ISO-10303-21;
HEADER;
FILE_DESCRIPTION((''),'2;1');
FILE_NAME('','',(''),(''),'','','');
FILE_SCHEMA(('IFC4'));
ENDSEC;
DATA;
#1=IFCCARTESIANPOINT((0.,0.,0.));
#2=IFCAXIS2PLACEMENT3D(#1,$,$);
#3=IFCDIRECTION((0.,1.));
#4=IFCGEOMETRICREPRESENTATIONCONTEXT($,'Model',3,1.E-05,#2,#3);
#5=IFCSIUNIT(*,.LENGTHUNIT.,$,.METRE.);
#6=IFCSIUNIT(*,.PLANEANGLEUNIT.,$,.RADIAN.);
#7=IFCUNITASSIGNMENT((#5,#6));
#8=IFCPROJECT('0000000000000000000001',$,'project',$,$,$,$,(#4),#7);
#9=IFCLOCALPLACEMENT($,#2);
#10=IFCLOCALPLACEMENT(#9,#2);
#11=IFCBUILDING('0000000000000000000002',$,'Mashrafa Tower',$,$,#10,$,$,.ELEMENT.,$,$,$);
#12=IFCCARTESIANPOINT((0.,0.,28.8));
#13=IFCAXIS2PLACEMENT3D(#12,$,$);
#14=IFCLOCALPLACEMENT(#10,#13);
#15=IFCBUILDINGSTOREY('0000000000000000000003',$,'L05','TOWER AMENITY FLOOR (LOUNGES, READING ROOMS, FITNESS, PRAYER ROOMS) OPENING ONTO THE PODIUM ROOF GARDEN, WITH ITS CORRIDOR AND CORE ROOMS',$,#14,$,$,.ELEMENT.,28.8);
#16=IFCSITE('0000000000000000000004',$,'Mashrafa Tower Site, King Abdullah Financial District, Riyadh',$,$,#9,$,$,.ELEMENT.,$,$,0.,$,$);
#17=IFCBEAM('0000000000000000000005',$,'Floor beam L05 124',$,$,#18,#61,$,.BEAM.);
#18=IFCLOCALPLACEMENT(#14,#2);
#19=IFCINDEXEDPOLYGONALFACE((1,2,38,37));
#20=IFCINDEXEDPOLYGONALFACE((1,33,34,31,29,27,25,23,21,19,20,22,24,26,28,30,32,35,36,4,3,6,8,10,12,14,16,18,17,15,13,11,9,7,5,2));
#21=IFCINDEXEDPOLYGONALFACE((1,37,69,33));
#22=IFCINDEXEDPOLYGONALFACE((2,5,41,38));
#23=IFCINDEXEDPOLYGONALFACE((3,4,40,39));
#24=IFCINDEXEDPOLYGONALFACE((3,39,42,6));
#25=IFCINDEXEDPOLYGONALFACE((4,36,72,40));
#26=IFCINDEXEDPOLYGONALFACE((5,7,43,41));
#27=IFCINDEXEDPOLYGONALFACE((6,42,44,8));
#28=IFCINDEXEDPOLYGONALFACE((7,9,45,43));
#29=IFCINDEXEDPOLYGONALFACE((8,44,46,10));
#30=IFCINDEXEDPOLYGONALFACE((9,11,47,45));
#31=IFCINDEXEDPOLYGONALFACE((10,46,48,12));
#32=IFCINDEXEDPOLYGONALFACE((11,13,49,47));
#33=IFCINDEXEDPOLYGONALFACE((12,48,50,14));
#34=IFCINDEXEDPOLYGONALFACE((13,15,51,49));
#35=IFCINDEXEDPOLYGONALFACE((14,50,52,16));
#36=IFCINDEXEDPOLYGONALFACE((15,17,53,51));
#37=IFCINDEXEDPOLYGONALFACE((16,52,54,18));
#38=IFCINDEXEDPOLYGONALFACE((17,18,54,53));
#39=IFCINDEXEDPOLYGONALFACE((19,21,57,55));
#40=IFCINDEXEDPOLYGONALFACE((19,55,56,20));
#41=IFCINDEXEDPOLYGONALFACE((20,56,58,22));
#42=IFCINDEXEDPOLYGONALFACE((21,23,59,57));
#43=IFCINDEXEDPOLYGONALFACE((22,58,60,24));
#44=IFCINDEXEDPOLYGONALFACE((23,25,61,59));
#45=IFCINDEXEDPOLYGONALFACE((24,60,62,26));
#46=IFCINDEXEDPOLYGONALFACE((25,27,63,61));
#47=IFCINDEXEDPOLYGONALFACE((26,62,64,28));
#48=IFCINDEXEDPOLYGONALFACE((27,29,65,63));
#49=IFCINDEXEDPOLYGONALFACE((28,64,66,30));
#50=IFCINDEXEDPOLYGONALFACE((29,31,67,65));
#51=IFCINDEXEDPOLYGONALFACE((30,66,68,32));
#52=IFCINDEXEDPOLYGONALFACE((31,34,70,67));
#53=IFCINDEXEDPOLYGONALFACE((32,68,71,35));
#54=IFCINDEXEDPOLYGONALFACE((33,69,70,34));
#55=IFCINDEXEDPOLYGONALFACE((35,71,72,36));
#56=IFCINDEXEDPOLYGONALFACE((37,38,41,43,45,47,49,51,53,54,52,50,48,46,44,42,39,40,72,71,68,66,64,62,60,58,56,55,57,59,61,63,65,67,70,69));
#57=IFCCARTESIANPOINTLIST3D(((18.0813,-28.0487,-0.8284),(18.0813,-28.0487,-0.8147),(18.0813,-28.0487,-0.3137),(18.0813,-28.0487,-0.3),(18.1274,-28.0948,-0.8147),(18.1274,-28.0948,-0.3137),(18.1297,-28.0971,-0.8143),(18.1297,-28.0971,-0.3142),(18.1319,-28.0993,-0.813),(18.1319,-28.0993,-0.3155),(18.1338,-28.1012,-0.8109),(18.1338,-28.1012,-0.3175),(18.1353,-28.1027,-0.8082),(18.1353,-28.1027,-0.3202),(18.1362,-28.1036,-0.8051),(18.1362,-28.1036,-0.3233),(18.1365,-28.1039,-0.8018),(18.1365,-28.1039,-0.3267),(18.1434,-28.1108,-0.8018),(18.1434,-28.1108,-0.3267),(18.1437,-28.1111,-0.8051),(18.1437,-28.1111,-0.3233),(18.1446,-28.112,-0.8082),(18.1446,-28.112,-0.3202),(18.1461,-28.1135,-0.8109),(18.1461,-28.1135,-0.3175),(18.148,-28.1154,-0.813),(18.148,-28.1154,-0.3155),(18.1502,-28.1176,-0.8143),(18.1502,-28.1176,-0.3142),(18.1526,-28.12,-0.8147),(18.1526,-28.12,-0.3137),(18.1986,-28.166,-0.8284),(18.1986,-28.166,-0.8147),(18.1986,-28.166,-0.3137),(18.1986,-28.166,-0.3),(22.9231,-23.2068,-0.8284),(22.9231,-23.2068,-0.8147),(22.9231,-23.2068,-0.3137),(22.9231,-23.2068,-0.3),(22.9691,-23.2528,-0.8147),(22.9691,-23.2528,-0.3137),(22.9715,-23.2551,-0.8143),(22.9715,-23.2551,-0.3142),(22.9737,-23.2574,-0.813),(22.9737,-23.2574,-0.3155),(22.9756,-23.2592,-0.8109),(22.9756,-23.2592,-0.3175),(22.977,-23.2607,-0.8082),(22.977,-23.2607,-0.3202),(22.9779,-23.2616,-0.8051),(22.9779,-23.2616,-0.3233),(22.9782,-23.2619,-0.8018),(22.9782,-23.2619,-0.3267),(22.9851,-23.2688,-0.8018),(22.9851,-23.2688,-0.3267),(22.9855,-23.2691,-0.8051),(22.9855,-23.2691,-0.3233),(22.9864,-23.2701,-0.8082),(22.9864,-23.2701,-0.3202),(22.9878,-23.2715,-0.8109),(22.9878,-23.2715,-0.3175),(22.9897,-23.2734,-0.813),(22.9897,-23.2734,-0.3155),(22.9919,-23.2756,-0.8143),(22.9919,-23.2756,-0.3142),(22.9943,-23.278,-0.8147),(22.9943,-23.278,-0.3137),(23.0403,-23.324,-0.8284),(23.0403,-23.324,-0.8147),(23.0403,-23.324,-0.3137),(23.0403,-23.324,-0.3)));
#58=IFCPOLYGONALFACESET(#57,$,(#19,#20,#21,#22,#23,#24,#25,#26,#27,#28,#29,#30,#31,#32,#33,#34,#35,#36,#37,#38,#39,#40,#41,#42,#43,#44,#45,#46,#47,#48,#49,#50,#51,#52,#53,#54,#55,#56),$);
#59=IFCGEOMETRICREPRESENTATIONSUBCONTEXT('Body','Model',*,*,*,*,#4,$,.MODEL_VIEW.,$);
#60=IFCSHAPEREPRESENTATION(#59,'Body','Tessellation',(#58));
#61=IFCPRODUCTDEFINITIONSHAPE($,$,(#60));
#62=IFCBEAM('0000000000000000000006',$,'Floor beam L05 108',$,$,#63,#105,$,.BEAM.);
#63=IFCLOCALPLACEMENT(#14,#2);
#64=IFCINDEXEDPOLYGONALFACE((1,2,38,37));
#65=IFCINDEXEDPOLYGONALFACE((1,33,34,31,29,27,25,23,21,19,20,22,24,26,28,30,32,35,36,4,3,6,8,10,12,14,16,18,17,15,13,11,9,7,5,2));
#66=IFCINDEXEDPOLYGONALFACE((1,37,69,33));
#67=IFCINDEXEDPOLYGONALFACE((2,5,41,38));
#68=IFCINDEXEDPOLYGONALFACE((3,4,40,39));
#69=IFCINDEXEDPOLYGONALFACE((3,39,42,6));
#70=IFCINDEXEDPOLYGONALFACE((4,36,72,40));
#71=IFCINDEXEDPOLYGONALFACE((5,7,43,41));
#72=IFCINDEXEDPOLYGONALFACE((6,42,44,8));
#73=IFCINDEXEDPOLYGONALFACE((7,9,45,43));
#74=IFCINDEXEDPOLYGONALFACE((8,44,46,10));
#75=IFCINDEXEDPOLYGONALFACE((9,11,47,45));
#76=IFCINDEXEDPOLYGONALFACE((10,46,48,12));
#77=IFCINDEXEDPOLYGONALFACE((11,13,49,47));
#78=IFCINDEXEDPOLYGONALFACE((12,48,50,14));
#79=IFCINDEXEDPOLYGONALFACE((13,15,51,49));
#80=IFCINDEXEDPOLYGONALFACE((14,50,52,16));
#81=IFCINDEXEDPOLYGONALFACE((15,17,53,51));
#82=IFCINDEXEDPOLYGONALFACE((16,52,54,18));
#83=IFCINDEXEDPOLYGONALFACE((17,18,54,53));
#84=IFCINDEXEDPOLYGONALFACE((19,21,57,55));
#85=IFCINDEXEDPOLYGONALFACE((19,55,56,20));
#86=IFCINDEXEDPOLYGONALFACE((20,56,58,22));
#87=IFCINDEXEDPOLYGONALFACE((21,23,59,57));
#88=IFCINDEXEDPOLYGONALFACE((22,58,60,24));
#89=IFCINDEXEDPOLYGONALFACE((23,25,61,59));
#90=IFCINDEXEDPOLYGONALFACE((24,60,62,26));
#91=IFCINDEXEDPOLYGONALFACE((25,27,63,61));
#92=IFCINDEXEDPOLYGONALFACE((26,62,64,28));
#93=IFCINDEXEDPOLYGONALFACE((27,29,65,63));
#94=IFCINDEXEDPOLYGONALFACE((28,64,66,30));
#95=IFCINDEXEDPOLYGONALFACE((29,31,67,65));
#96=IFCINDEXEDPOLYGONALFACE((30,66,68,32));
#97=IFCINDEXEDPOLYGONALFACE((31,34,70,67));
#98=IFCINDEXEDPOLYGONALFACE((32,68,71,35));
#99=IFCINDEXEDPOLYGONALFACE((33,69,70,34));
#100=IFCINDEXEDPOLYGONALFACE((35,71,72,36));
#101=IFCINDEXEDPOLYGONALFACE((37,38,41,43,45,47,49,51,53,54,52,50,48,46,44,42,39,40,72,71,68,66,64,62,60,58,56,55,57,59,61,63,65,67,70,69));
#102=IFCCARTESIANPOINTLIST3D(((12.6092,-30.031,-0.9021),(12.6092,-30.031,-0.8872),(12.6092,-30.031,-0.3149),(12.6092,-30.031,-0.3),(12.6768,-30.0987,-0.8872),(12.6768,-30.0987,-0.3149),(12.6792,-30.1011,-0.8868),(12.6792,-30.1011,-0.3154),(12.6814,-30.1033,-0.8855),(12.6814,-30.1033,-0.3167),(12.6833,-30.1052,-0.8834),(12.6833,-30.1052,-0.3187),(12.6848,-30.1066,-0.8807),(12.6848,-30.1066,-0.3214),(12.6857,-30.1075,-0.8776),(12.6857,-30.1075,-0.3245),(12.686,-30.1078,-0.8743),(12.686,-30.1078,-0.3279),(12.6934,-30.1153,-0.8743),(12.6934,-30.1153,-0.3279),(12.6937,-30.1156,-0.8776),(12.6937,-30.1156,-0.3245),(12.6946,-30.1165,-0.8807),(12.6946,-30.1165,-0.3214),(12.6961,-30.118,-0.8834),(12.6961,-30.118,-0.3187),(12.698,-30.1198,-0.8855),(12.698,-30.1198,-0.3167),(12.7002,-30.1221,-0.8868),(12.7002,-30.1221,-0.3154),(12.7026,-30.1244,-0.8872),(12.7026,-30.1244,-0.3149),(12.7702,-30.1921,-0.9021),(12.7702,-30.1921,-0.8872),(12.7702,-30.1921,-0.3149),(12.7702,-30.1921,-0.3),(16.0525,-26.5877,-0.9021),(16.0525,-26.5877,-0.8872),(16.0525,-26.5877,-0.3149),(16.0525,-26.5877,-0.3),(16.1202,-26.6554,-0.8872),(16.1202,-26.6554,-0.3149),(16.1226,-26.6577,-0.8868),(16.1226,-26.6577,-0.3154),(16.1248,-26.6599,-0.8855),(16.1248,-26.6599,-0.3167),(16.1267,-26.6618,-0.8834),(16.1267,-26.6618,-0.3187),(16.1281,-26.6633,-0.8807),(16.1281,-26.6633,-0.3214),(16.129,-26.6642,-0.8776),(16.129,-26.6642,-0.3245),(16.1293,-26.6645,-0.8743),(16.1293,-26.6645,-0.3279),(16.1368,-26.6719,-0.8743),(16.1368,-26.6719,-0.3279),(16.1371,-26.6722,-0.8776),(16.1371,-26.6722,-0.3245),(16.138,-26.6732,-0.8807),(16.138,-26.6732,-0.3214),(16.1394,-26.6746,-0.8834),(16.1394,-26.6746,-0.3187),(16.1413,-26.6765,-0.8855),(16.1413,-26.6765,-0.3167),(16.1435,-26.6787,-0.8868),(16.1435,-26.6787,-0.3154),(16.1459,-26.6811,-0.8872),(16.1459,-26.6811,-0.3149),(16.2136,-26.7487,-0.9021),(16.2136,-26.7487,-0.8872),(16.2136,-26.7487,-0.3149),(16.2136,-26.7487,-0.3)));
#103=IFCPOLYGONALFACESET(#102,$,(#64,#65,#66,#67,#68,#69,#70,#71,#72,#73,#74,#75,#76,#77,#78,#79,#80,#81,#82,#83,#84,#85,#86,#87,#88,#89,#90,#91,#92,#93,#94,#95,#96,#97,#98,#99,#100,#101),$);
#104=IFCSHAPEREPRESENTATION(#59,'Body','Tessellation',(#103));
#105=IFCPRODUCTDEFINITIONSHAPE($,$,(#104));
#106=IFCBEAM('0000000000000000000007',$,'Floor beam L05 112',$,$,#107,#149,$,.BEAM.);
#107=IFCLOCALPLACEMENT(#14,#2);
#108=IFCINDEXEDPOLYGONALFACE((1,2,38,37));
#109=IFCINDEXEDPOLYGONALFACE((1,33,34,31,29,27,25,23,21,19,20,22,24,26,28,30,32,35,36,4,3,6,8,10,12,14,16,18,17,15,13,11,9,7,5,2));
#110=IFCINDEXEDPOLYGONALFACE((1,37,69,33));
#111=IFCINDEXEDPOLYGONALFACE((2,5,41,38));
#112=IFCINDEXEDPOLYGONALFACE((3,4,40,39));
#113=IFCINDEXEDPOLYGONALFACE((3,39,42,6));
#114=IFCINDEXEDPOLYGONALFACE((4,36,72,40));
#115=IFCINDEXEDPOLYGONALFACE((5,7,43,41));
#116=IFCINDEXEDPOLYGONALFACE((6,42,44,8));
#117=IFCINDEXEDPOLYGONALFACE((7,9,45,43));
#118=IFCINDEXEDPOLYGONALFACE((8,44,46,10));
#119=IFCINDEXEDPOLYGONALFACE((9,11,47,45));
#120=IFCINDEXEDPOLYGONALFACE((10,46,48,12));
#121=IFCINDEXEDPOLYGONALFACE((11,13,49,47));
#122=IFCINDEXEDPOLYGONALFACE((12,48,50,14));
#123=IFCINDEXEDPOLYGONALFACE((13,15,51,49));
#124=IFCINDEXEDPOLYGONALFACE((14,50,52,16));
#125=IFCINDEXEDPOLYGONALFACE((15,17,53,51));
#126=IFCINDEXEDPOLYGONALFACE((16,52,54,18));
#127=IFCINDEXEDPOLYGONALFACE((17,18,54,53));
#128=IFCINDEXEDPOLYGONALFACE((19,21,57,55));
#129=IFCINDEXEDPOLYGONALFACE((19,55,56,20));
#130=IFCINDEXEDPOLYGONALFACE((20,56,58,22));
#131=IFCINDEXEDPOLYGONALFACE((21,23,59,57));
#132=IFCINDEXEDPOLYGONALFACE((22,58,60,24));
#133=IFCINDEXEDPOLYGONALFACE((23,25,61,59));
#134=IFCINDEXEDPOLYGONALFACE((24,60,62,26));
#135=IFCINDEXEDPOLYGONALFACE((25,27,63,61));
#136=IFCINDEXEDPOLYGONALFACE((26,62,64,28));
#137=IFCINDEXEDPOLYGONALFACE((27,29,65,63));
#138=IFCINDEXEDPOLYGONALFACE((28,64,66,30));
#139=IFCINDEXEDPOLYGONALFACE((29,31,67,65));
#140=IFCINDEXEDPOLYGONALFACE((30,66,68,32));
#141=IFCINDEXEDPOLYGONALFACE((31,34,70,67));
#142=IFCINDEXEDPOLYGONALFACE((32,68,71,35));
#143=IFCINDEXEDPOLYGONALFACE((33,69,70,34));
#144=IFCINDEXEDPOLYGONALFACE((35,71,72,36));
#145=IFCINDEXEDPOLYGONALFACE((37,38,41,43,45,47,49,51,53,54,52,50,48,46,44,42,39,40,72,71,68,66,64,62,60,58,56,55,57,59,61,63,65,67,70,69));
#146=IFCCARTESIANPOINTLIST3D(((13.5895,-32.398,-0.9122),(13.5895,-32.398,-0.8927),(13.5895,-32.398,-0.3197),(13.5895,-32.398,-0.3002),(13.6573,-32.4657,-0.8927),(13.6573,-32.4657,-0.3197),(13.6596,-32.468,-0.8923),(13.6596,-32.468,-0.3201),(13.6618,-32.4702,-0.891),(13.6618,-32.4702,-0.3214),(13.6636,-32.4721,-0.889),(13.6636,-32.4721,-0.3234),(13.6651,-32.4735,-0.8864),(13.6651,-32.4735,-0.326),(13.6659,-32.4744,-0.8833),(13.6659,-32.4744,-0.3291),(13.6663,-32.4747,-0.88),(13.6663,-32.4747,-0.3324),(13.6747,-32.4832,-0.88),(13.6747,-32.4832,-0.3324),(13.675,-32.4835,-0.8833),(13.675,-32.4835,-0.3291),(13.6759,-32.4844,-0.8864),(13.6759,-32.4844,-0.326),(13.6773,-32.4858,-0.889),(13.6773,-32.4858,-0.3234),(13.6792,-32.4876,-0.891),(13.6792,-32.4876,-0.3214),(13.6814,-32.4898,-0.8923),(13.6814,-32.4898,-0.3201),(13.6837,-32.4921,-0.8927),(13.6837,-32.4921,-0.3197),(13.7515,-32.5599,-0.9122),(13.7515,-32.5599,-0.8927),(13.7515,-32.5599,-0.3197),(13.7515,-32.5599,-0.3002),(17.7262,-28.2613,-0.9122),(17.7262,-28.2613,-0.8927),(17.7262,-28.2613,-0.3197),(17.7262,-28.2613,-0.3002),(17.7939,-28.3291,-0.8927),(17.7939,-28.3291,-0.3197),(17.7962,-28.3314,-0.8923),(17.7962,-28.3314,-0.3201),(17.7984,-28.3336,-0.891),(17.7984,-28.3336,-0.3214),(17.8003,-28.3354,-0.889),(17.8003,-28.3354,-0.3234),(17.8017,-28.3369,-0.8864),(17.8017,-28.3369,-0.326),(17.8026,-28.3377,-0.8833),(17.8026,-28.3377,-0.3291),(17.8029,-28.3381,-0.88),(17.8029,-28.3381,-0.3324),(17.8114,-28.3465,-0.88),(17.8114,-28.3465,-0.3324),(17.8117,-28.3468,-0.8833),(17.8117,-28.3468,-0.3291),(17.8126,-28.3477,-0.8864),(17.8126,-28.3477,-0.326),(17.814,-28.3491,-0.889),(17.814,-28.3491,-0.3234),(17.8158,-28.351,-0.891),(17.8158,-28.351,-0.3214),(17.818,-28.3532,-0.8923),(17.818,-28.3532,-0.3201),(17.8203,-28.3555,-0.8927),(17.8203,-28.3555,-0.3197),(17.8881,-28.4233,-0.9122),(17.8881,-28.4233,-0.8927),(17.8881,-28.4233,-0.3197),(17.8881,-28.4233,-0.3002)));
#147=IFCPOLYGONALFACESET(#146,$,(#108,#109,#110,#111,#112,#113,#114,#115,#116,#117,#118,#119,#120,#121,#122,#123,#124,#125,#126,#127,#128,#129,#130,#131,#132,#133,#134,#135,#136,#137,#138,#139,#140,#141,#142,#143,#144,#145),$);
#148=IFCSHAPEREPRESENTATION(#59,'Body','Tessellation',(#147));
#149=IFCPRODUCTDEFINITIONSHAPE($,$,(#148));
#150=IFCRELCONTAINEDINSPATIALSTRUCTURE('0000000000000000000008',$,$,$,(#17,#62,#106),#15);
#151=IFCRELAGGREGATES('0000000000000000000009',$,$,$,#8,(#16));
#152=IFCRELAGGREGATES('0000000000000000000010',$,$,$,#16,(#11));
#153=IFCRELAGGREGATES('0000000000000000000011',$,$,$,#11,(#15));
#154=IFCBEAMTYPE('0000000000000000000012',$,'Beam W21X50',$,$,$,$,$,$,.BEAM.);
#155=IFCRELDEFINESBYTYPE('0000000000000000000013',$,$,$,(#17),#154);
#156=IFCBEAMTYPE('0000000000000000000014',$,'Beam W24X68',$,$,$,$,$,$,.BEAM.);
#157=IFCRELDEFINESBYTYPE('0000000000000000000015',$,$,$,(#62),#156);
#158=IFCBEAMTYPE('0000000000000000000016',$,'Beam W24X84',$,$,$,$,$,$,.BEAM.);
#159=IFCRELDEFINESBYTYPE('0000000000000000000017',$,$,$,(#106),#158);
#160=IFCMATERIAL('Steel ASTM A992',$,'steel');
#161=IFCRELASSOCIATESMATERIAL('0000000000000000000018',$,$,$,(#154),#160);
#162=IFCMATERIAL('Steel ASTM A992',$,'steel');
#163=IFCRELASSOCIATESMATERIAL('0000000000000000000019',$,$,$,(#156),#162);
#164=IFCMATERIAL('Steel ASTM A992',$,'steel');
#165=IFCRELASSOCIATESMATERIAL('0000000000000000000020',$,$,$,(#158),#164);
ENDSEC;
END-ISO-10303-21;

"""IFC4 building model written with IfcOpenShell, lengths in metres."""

from ifc_helpers import new_model, si_unit, direction, frame, origin, origin_2d, place, context, subcontext, project, spatial, i_section, extrude, material, material_profile, profile_set, type_object, element, save


model = new_model("IFC4")

# Units and contexts
model_context = context("Model", 3, precision=1e-05, world=origin(), true_north=direction((0.0, 1.0)))
body_context = subcontext(model_context, "Body", "Model", "MODEL_VIEW")
ifc_project = project(units=[si_unit("LENGTHUNIT", "METRE"), si_unit("PLANEANGLEUNIT", "RADIAN")], contexts=[model_context])

# Site, building, storey
site_placement = place(None, origin())
site = spatial("IfcSite", under=ifc_project, at=site_placement, Name="Mashrafa Tower Site, King Abdullah Financial District, Riyadh", CompositionType="ELEMENT", RefElevation=0.0)
building_placement = place(site_placement, origin())
building = spatial("IfcBuilding", under=site, at=building_placement, Name="Mashrafa Tower", CompositionType="ELEMENT")
storey_placement = place(building_placement, frame((0.0, 0.0, 28.8)))
storey = spatial("IfcBuildingStorey", under=building, at=storey_placement, Name="L05", Description="TOWER AMENITY FLOOR (LOUNGES, READING ROOMS, FITNESS, PRAYER ROOMS) OPENING ONTO THE PODIUM ROOF GARDEN, WITH ITS CORRIDOR AND CORE ROOMS", CompositionType="ELEMENT", Elevation=28.8)

# Beams
ifc_material_1 = material(Name="Steel ASTM A992", Category="steel")
ifc_material_profile_1 = material_profile(ifc_material_1, i_section(OverallWidth=0.1658, OverallDepth=0.5283, WebThickness=0.0098, FlangeThickness=0.0137, FilletRadius=0.0129, at=origin_2d()), Name="W21X50")
ifc_profile_set_1 = profile_set([ifc_material_profile_1], Name="Steel ASTM A992")
beam_type_1 = type_object("IfcBeamType", Name="Beam W21X50", PredefinedType="BEAM", material=ifc_profile_set_1)
for number, where, z_axis, x_axis, name in (
    (1, (22.9817, -23.2654, -0.5642), (-0.707089, -0.707125, 0.0), (0.707125, -0.707089, 0.0), "Floor beam L05 124"),
):
    element("IfcBeam", number, at=place(storey_placement, frame(where, z_axis=z_axis, x_axis=x_axis)), inside=storey, type_object=beam_type_1, Name=name, PredefinedType="BEAM", context=body_context, shape_type="SweptSolid", body=[
        extrude(i_section(OverallWidth=0.1658, OverallDepth=0.5283, WebThickness=0.0098, FlangeThickness=0.0137, FilletRadius=0.0129, at=origin_2d()), origin(), (0.0, 0.0, 1.0), 6.8474),
    ])
ifc_material_2 = material(Name="Steel ASTM A992", Category="steel")
ifc_material_profile_2 = material_profile(ifc_material_2, i_section(OverallWidth=0.2278, OverallDepth=0.6021, WebThickness=0.0105, FlangeThickness=0.0149, FilletRadius=0.0129, at=origin_2d()), Name="W24X68")
ifc_profile_set_2 = profile_set([ifc_material_profile_2], Name="Steel ASTM A992")
beam_type_2 = type_object("IfcBeamType", Name="Beam W24X68", PredefinedType="BEAM", material=ifc_profile_set_2)
beam_1_placement = place(storey_placement, frame((16.1331, -26.6682, -0.6011), z_axis=(-0.707107, -0.707107, 0.0), x_axis=(0.707107, -0.707107, 0.0)))
element("IfcBeam", 2, at=beam_1_placement, inside=storey, type_object=beam_type_2, Name="Floor beam L05 108", PredefinedType="BEAM", context=body_context, shape_type="SweptSolid", body=[
    extrude(i_section(OverallWidth=0.2278, OverallDepth=0.6021, WebThickness=0.0105, FlangeThickness=0.0149, FilletRadius=0.0129, at=origin_2d()), origin(), (0.0, 0.0, 1.0), 4.8696),
])
ifc_material_3 = material(Name="Steel ASTM A992", Category="steel")
ifc_material_profile_3 = material_profile(ifc_material_3, i_section(OverallWidth=0.229, OverallDepth=0.6121, WebThickness=0.012, FlangeThickness=0.0195, FilletRadius=0.0127, at=origin_2d()), Name="W24X84")
ifc_profile_set_3 = profile_set([ifc_material_profile_3], Name="Steel ASTM A992")
beam_type_3 = type_object("IfcBeamType", Name="Beam W24X84", PredefinedType="BEAM", material=ifc_profile_set_3)
beam_2_placement = place(storey_placement, frame((17.8071, -28.3423, -0.6062), z_axis=(-0.707107, -0.707107, 0.0), x_axis=(0.707107, -0.707107, 0.0)))
element("IfcBeam", 3, at=beam_2_placement, inside=storey, type_object=beam_type_3, Name="Floor beam L05 112", PredefinedType="BEAM", context=body_context, shape_type="SweptSolid", body=[
    extrude(i_section(OverallWidth=0.229, OverallDepth=0.6121, WebThickness=0.012, FlangeThickness=0.0195, FilletRadius=0.0127, at=origin_2d()), origin(), (0.0, 0.0, 1.0), 5.8501),
])

save(model, "model.ifc")
